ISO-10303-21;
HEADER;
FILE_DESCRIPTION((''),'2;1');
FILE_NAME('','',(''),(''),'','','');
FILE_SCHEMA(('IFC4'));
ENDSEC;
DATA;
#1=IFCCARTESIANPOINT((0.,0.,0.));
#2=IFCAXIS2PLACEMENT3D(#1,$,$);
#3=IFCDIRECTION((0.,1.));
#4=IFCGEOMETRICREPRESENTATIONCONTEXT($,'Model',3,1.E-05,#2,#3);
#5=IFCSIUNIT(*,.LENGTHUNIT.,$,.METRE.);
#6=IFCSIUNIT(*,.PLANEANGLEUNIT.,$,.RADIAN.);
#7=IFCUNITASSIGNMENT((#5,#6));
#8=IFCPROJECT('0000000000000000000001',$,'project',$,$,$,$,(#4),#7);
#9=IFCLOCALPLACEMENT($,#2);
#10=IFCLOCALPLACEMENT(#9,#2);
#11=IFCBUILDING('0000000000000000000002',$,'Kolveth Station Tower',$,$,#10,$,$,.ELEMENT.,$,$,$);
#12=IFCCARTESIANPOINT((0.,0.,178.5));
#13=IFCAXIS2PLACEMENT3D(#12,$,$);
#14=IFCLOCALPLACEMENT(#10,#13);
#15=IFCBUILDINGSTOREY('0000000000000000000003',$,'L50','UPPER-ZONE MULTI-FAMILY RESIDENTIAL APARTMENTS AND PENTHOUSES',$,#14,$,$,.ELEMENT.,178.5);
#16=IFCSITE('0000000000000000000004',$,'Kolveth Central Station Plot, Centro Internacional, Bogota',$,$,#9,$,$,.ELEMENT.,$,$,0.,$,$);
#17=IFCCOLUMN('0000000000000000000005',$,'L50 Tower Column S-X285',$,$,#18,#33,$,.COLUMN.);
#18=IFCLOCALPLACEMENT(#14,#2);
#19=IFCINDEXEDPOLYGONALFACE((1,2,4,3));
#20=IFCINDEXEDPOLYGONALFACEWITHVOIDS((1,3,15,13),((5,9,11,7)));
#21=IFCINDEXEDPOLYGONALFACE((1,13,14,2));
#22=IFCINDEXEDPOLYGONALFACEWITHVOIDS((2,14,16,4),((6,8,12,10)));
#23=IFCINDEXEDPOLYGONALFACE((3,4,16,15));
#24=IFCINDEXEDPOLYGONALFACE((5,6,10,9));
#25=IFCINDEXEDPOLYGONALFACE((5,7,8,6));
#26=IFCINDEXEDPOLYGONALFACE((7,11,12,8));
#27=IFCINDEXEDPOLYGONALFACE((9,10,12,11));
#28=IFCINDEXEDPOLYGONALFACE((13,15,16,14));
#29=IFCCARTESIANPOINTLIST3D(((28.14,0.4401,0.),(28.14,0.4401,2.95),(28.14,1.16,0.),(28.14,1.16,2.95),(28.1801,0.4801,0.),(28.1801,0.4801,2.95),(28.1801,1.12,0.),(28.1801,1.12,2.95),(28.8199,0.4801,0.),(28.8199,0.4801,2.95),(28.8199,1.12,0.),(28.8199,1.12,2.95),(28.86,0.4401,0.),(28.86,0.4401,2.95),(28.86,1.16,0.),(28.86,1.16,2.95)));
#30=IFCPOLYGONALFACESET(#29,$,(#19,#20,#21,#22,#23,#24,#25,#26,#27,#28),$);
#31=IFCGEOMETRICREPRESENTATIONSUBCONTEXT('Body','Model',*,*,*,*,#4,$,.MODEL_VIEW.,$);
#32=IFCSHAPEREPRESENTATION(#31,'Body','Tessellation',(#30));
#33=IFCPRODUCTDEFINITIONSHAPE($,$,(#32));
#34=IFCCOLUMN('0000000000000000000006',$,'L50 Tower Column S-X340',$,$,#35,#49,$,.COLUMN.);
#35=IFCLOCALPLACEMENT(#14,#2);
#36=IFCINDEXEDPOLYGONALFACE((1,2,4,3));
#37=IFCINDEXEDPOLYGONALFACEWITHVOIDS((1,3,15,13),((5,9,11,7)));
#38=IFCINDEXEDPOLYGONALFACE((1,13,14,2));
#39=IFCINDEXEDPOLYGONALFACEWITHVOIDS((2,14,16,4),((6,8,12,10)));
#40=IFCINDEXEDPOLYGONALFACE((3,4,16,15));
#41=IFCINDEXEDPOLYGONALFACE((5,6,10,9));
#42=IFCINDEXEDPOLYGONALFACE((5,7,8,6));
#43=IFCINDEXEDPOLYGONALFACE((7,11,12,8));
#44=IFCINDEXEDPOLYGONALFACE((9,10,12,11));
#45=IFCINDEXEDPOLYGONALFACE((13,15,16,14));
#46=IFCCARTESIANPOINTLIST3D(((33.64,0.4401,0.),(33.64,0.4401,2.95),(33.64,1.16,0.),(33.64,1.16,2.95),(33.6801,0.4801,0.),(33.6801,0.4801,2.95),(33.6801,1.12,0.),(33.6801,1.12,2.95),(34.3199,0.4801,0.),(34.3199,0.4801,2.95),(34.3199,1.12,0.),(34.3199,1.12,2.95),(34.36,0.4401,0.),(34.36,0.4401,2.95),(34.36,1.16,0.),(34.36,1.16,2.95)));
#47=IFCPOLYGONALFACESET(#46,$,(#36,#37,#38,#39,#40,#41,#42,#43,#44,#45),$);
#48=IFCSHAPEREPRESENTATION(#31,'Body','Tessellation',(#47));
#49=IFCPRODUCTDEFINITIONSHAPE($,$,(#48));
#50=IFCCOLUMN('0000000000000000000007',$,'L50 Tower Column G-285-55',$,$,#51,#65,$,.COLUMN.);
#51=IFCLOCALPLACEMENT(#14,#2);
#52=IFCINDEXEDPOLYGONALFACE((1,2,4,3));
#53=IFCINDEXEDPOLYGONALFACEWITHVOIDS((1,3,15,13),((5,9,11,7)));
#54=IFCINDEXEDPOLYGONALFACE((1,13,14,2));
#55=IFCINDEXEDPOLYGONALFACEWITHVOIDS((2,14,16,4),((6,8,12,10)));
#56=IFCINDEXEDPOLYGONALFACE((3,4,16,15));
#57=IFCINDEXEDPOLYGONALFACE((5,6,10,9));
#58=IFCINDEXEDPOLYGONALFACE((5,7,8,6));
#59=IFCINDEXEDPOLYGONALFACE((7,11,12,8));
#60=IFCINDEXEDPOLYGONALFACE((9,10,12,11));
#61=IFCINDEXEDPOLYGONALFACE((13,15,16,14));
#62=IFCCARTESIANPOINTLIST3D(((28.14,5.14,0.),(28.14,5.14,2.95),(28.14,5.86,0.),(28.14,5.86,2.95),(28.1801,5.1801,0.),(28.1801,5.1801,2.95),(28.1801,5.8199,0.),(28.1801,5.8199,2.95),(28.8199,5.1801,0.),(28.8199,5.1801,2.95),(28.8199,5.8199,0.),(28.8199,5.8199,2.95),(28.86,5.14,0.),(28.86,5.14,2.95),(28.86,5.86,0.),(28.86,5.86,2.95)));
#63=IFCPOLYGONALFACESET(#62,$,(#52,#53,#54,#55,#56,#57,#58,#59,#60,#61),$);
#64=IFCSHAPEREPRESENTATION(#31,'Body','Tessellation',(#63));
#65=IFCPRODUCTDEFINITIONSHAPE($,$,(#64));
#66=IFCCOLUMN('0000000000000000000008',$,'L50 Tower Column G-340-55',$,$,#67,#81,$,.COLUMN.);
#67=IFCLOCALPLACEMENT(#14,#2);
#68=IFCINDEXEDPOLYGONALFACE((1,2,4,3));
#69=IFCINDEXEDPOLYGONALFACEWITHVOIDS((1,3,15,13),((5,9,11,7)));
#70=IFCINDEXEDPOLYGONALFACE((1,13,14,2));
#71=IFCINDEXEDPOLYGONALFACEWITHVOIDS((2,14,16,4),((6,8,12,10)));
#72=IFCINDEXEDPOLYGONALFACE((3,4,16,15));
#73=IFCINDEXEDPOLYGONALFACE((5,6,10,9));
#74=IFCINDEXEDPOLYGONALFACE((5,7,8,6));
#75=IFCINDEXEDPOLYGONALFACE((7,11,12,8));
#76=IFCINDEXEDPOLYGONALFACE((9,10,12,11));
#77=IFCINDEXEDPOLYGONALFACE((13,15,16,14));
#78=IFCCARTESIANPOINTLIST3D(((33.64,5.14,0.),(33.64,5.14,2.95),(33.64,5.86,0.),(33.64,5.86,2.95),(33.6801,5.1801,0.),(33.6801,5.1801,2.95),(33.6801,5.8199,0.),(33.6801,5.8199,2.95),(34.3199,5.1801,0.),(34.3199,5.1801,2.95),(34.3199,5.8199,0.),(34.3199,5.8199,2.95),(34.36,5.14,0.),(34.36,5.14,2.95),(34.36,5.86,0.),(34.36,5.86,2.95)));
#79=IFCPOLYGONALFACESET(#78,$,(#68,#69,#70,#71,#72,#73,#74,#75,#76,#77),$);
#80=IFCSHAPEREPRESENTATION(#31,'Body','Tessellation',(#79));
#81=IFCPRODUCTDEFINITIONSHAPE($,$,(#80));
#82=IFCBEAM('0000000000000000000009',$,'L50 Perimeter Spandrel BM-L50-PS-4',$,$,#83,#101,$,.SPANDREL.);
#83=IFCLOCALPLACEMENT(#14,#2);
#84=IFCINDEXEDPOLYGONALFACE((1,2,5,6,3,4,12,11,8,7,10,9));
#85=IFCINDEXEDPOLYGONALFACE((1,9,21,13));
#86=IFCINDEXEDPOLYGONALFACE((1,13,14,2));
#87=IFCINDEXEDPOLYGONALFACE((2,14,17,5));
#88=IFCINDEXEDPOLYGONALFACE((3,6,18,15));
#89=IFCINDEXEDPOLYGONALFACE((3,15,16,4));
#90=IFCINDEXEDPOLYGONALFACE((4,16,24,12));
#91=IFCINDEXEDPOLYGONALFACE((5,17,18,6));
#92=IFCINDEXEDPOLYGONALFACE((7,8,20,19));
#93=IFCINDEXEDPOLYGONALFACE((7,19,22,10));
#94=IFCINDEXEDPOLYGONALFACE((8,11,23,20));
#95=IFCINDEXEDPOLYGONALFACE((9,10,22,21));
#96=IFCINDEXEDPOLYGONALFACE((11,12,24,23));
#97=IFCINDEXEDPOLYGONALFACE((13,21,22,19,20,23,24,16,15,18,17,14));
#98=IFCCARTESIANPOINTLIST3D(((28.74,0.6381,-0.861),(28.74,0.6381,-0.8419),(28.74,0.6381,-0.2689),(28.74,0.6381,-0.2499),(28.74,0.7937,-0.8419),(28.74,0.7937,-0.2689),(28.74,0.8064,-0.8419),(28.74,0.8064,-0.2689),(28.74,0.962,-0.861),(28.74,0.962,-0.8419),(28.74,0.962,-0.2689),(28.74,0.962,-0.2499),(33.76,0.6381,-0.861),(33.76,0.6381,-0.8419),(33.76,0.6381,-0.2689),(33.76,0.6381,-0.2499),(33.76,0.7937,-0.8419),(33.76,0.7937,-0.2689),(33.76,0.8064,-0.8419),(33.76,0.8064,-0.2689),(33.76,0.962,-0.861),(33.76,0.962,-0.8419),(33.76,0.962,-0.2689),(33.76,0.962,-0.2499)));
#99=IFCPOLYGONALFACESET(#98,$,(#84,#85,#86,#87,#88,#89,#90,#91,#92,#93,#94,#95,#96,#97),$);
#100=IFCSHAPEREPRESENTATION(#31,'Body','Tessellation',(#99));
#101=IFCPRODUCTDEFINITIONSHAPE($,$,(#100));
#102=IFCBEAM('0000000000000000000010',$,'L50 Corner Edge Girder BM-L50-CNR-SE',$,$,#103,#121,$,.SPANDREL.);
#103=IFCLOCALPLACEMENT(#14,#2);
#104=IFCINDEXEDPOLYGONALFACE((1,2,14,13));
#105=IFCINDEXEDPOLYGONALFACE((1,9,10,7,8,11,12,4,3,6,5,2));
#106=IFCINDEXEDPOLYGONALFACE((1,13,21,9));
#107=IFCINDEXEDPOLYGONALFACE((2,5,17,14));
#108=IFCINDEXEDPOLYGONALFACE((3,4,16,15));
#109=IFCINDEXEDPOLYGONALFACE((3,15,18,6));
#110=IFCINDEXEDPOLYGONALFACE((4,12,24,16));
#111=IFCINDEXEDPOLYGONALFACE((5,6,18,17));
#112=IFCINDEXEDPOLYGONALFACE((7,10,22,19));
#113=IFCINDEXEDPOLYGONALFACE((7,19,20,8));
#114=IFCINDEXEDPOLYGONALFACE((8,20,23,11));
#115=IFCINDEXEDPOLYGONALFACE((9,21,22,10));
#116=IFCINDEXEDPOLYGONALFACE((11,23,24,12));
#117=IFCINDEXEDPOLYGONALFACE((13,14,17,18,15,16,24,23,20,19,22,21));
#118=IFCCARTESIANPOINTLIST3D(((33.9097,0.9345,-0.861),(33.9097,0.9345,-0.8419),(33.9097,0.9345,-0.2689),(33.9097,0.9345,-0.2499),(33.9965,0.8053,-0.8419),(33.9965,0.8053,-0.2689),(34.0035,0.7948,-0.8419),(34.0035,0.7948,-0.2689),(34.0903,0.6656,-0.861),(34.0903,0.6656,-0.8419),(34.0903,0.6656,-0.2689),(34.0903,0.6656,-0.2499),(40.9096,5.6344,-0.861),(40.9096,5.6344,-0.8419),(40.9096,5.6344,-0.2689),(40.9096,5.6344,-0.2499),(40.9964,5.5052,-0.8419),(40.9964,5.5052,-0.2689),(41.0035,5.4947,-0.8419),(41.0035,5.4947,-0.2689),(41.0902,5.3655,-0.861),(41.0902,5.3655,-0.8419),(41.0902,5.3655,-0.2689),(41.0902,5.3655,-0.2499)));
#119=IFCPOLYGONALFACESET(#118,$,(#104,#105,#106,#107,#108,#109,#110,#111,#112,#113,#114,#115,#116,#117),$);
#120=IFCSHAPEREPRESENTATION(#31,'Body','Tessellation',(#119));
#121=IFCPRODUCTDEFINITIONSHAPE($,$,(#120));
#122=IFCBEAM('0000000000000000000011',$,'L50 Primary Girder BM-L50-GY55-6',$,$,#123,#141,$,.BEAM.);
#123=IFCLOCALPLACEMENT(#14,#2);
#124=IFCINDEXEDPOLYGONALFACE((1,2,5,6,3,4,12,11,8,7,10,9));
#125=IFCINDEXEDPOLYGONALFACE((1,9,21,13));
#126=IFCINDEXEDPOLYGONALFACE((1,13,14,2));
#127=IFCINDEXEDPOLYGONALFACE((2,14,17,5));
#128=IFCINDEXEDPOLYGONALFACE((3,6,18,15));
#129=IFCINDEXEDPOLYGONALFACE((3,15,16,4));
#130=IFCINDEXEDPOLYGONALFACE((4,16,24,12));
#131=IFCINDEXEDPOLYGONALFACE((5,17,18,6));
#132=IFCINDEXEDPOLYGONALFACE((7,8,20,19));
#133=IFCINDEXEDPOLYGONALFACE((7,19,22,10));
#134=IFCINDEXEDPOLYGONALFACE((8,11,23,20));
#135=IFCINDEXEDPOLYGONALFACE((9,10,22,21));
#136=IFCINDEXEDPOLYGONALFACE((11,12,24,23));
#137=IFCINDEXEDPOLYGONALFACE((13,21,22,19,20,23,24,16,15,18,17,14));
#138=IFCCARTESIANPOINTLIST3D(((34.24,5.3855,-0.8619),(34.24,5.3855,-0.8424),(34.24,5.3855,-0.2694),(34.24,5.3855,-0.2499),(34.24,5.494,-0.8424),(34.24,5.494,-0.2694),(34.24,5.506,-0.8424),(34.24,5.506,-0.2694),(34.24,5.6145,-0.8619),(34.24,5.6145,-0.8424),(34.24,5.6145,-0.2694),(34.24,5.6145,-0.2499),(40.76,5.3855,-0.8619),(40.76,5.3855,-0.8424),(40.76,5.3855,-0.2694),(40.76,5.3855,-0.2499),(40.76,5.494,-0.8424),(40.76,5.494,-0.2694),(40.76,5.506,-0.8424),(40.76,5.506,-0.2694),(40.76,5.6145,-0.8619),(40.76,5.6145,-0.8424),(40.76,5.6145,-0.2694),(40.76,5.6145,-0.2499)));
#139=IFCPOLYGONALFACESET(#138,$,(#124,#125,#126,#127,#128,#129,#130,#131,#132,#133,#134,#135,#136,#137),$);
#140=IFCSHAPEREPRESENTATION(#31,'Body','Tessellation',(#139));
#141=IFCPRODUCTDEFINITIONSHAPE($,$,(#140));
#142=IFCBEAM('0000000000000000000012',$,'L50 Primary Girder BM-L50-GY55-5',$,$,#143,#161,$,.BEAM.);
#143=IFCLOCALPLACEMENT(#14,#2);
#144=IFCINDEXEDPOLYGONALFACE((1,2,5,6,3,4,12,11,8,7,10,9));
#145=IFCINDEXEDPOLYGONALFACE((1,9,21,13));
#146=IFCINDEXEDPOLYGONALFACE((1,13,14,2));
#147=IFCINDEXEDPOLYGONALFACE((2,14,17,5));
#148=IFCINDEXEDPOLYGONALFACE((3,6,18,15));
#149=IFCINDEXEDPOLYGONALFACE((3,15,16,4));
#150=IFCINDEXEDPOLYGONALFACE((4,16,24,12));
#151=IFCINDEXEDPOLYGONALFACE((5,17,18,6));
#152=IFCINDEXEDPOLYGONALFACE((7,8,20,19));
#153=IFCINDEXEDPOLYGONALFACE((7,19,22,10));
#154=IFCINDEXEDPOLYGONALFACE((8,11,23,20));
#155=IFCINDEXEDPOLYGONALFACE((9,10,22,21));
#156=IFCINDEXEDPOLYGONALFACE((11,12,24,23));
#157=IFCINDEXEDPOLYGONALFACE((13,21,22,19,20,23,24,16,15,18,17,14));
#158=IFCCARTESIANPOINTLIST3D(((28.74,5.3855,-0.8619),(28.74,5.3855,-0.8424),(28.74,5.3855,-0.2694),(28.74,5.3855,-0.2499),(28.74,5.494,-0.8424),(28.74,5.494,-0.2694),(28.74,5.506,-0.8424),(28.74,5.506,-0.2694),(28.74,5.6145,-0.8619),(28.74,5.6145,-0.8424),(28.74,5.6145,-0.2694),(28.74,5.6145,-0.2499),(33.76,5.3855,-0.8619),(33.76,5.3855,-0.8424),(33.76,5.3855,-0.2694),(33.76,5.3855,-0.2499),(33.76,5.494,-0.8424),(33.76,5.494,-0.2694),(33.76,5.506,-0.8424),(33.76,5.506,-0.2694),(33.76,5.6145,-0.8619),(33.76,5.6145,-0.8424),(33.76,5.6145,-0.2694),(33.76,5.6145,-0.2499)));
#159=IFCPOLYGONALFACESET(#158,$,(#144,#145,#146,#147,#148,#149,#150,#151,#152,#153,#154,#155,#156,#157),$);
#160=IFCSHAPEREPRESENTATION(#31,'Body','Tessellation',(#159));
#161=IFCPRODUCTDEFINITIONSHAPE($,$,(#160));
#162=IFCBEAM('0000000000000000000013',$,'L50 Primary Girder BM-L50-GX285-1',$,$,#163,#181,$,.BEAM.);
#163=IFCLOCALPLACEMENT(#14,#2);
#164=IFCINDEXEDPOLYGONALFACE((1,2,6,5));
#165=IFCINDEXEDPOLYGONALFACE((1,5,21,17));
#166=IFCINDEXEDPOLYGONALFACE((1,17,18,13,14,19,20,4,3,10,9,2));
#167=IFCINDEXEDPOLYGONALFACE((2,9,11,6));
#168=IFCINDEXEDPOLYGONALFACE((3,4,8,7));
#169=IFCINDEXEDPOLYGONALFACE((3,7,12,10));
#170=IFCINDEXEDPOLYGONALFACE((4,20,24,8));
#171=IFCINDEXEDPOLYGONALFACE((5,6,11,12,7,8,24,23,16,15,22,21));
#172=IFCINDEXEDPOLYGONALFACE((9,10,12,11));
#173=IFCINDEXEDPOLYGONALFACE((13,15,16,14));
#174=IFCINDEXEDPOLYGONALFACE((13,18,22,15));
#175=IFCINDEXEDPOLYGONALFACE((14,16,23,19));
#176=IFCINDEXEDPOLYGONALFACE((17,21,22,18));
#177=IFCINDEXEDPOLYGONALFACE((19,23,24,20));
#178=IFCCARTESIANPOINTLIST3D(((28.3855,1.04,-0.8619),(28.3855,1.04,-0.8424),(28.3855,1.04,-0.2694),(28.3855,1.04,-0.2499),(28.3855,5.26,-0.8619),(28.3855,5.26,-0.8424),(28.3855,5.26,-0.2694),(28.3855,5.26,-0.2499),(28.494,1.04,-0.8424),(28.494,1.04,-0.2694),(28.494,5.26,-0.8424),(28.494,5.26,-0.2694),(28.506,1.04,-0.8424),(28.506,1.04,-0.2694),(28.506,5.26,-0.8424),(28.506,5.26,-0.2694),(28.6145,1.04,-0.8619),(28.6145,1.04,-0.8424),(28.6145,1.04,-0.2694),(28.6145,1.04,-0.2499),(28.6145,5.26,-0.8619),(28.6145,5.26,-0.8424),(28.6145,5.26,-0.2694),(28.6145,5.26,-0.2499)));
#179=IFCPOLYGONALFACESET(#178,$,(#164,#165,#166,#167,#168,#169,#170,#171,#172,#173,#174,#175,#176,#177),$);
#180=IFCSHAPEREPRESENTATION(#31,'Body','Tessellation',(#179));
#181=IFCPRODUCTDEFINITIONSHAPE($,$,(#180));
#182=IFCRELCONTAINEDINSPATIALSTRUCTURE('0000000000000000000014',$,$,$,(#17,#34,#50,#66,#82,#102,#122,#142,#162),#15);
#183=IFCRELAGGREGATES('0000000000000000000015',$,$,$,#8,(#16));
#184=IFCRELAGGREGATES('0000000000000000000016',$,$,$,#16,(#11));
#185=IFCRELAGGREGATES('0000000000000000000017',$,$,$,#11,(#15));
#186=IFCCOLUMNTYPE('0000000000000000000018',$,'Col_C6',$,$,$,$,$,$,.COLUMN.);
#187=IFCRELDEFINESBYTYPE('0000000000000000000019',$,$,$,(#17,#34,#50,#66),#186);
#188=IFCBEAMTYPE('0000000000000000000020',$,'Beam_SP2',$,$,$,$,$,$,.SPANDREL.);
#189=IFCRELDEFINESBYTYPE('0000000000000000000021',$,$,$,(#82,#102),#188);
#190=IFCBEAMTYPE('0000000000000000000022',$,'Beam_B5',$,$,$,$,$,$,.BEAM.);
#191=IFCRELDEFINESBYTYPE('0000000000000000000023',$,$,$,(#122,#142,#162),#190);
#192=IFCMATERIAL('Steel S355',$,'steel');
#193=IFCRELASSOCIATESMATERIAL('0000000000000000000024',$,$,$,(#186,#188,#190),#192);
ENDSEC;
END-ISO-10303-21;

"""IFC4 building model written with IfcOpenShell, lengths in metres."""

from ifc_helpers import new_model, si_unit, direction, frame, origin, origin_2d, place, context, subcontext, project, spatial, hollow_rectangle, i_section, extrude, source, transform, mapped, material, material_profile, profile_set, type_object, element, save


model = new_model("IFC4")

# Units and contexts
model_context = context("Model", 3, precision=1e-05, world=origin(), true_north=direction((0.0, 1.0)))
body_context = subcontext(model_context, "Body", "Model", "MODEL_VIEW")
ifc_project = project(units=[si_unit("LENGTHUNIT", "METRE"), si_unit("PLANEANGLEUNIT", "RADIAN")], contexts=[model_context])

# Site, building, storey
site_placement = place(None, origin())
site = spatial("IfcSite", under=ifc_project, at=site_placement, Name="Kolveth Central Station Plot, Centro Internacional, Bogota", CompositionType="ELEMENT", RefElevation=0.0)
building_placement = place(site_placement, origin())
building = spatial("IfcBuilding", under=site, at=building_placement, Name="Kolveth Station Tower", CompositionType="ELEMENT")
storey_placement = place(building_placement, frame((0.0, 0.0, 178.5)))
storey = spatial("IfcBuildingStorey", under=building, at=storey_placement, Name="L50", Description="UPPER-ZONE MULTI-FAMILY RESIDENTIAL APARTMENTS AND PENTHOUSES", CompositionType="ELEMENT", Elevation=178.5)

# Columns
ifc_material_1 = material(Name="Steel S355", Category="steel")
ifc_material_profile_1 = material_profile(ifc_material_1, hollow_rectangle(XDim=0.72, YDim=0.72, WallThickness=0.04, at=origin_2d()), Name="BOX720x720x40")
ifc_profile_set_1 = profile_set([ifc_material_profile_1], Name="Steel S355")
column_type = type_object("IfcColumnType", Name="Col_C6", PredefinedType="COLUMN", material=ifc_profile_set_1)
shared_shape_1 = source(origin(), body_context, "Body", "SweptSolid", [
    extrude(hollow_rectangle(XDim=0.72, YDim=0.72, WallThickness=0.04, at=origin_2d()), origin(), (0.0, 0.0, 1.0), 2.95),
])
for number, where, z_axis, x_axis, name in (
    (1, (28.5, 0.8, 0.0), (0.0, 0.0, 1.0), (1.0, 0.0, 0.0), "L50 Tower Column S-X285"),
    (2, (34.0, 0.8, 0.0), (0.0, 0.0, 1.0), (1.0, 0.0, 0.0), "L50 Tower Column S-X340"),
    (3, (28.5, 5.5, 0.0), (0.0, 0.0, 1.0), (1.0, 0.0, 0.0), "L50 Tower Column G-285-55"),
    (4, (34.0, 5.5, 0.0), (0.0, 0.0, 1.0), (1.0, 0.0, 0.0), "L50 Tower Column G-340-55"),
):
    element("IfcColumn", number, at=place(storey_placement, frame(where, z_axis=z_axis, x_axis=x_axis)), inside=storey, type_object=column_type, Name=name, PredefinedType="COLUMN", context=body_context, shape_type="MappedRepresentation", body=[
        mapped(shared_shape_1, transform((0.0, 0.0, 0.0), x_axis=(1.0, 0.0, 0.0), y_axis=(0.0, 1.0, 0.0), z_axis=(0.0, 0.0, 1.0), scale=1.0)),
    ])

# Beams
ifc_material_profile_2 = material_profile(ifc_material_1, i_section(OverallWidth=0.324, OverallDepth=0.6111, WebThickness=0.0127, FlangeThickness=0.019, at=origin_2d()), Name="W610x155")
ifc_profile_set_2 = profile_set([ifc_material_profile_2], Name="Steel S355")
beam_type_1 = type_object("IfcBeamType", Name="Beam_SP2", PredefinedType="SPANDREL", material=ifc_profile_set_2)
shared_shape_2 = source(origin(), body_context, "Body", "SweptSolid", [
    extrude(i_section(OverallWidth=0.324, OverallDepth=0.6111, WebThickness=0.0127, FlangeThickness=0.019, at=origin_2d()), origin(), (0.0, 0.0, 1.0), 5.02),
])
beam_1_placement = place(storey_placement, frame((28.74, 0.8, -0.5554), z_axis=(1.0, 0.0, 0.0), x_axis=(0.0, 1.0, 0.0)))
element("IfcBeam", 5, at=beam_1_placement, inside=storey, type_object=beam_type_1, Name="L50 Perimeter Spandrel BM-L50-PS-4", PredefinedType="SPANDREL", context=body_context, shape_type="MappedRepresentation", body=[
    mapped(shared_shape_2, transform((0.0, 0.0, 0.0), x_axis=(1.0, 0.0, 0.0), y_axis=(0.0, 1.0, 0.0), z_axis=(0.0, 0.0, 1.0), scale=1.0)),
])
shared_shape_3 = source(origin(), body_context, "Body", "SweptSolid", [
    extrude(i_section(OverallWidth=0.324, OverallDepth=0.6111, WebThickness=0.0127, FlangeThickness=0.019, at=origin_2d()), origin(), (0.0, 0.0, 1.0), 8.4314),
])
beam_2_placement = place(storey_placement, frame((34.0, 0.8, -0.5554), z_axis=(0.830224, 0.55743, 0.0), x_axis=(-0.55743, 0.830224, 0.0)))
element("IfcBeam", 6, at=beam_2_placement, inside=storey, type_object=beam_type_1, Name="L50 Corner Edge Girder BM-L50-CNR-SE", PredefinedType="SPANDREL", context=body_context, shape_type="MappedRepresentation", body=[
    mapped(shared_shape_3, transform((0.0, 0.0, 0.0), x_axis=(1.0, 0.0, 0.0), y_axis=(0.0, 1.0, 0.0), z_axis=(0.0, 0.0, 1.0), scale=1.0)),
])
ifc_material_profile_3 = material_profile(ifc_material_1, i_section(OverallWidth=0.229, OverallDepth=0.6121, WebThickness=0.012, FlangeThickness=0.0195, at=origin_2d()), Name="W610x125")
ifc_profile_set_3 = profile_set([ifc_material_profile_3], Name="Steel S355")
beam_type_2 = type_object("IfcBeamType", Name="Beam_B5", PredefinedType="BEAM", material=ifc_profile_set_3)
shared_shape_4 = source(origin(), body_context, "Body", "SweptSolid", [
    extrude(i_section(OverallWidth=0.229, OverallDepth=0.6121, WebThickness=0.012, FlangeThickness=0.0195, at=origin_2d()), origin(), (0.0, 0.0, 1.0), 6.52),
])
beam_3_placement = place(storey_placement, frame((34.24, 5.5, -0.5559), z_axis=(1.0, 0.0, 0.0), x_axis=(0.0, 1.0, 0.0)))
element("IfcBeam", 7, at=beam_3_placement, inside=storey, type_object=beam_type_2, Name="L50 Primary Girder BM-L50-GY55-6", PredefinedType="BEAM", context=body_context, shape_type="MappedRepresentation", body=[
    mapped(shared_shape_4, transform((0.0, 0.0, 0.0), x_axis=(1.0, 0.0, 0.0), y_axis=(0.0, 1.0, 0.0), z_axis=(0.0, 0.0, 1.0), scale=1.0)),
])
shared_shape_5 = source(origin(), body_context, "Body", "SweptSolid", [
    extrude(i_section(OverallWidth=0.229, OverallDepth=0.6121, WebThickness=0.012, FlangeThickness=0.0195, at=origin_2d()), origin(), (0.0, 0.0, 1.0), 5.02),
])
beam_4_placement = place(storey_placement, frame((28.74, 5.5, -0.5559), z_axis=(1.0, 0.0, 0.0), x_axis=(0.0, 1.0, 0.0)))
element("IfcBeam", 8, at=beam_4_placement, inside=storey, type_object=beam_type_2, Name="L50 Primary Girder BM-L50-GY55-5", PredefinedType="BEAM", context=body_context, shape_type="MappedRepresentation", body=[
    mapped(shared_shape_5, transform((0.0, 0.0, 0.0), x_axis=(1.0, 0.0, 0.0), y_axis=(0.0, 1.0, 0.0), z_axis=(0.0, 0.0, 1.0), scale=1.0)),
])
shared_shape_6 = source(origin(), body_context, "Body", "SweptSolid", [
    extrude(i_section(OverallWidth=0.229, OverallDepth=0.6121, WebThickness=0.012, FlangeThickness=0.0195, at=origin_2d()), origin(), (0.0, 0.0, 1.0), 4.22),
])
for number, where, z_axis, x_axis, name in (
    (9, (28.5, 1.04, -0.5559), (0.0, 1.0, 0.0), (-1.0, 0.0, 0.0), "L50 Primary Girder BM-L50-GX285-1"),
):
    element("IfcBeam", number, at=place(storey_placement, frame(where, z_axis=z_axis, x_axis=x_axis)), inside=storey, type_object=beam_type_2, Name=name, PredefinedType="BEAM", context=body_context, shape_type="MappedRepresentation", body=[
        mapped(shared_shape_6, transform((0.0, 0.0, 0.0), x_axis=(1.0, 0.0, 0.0), y_axis=(0.0, 1.0, 0.0), z_axis=(0.0, 0.0, 1.0), scale=1.0)),
    ])

save(model, "model.ifc")
